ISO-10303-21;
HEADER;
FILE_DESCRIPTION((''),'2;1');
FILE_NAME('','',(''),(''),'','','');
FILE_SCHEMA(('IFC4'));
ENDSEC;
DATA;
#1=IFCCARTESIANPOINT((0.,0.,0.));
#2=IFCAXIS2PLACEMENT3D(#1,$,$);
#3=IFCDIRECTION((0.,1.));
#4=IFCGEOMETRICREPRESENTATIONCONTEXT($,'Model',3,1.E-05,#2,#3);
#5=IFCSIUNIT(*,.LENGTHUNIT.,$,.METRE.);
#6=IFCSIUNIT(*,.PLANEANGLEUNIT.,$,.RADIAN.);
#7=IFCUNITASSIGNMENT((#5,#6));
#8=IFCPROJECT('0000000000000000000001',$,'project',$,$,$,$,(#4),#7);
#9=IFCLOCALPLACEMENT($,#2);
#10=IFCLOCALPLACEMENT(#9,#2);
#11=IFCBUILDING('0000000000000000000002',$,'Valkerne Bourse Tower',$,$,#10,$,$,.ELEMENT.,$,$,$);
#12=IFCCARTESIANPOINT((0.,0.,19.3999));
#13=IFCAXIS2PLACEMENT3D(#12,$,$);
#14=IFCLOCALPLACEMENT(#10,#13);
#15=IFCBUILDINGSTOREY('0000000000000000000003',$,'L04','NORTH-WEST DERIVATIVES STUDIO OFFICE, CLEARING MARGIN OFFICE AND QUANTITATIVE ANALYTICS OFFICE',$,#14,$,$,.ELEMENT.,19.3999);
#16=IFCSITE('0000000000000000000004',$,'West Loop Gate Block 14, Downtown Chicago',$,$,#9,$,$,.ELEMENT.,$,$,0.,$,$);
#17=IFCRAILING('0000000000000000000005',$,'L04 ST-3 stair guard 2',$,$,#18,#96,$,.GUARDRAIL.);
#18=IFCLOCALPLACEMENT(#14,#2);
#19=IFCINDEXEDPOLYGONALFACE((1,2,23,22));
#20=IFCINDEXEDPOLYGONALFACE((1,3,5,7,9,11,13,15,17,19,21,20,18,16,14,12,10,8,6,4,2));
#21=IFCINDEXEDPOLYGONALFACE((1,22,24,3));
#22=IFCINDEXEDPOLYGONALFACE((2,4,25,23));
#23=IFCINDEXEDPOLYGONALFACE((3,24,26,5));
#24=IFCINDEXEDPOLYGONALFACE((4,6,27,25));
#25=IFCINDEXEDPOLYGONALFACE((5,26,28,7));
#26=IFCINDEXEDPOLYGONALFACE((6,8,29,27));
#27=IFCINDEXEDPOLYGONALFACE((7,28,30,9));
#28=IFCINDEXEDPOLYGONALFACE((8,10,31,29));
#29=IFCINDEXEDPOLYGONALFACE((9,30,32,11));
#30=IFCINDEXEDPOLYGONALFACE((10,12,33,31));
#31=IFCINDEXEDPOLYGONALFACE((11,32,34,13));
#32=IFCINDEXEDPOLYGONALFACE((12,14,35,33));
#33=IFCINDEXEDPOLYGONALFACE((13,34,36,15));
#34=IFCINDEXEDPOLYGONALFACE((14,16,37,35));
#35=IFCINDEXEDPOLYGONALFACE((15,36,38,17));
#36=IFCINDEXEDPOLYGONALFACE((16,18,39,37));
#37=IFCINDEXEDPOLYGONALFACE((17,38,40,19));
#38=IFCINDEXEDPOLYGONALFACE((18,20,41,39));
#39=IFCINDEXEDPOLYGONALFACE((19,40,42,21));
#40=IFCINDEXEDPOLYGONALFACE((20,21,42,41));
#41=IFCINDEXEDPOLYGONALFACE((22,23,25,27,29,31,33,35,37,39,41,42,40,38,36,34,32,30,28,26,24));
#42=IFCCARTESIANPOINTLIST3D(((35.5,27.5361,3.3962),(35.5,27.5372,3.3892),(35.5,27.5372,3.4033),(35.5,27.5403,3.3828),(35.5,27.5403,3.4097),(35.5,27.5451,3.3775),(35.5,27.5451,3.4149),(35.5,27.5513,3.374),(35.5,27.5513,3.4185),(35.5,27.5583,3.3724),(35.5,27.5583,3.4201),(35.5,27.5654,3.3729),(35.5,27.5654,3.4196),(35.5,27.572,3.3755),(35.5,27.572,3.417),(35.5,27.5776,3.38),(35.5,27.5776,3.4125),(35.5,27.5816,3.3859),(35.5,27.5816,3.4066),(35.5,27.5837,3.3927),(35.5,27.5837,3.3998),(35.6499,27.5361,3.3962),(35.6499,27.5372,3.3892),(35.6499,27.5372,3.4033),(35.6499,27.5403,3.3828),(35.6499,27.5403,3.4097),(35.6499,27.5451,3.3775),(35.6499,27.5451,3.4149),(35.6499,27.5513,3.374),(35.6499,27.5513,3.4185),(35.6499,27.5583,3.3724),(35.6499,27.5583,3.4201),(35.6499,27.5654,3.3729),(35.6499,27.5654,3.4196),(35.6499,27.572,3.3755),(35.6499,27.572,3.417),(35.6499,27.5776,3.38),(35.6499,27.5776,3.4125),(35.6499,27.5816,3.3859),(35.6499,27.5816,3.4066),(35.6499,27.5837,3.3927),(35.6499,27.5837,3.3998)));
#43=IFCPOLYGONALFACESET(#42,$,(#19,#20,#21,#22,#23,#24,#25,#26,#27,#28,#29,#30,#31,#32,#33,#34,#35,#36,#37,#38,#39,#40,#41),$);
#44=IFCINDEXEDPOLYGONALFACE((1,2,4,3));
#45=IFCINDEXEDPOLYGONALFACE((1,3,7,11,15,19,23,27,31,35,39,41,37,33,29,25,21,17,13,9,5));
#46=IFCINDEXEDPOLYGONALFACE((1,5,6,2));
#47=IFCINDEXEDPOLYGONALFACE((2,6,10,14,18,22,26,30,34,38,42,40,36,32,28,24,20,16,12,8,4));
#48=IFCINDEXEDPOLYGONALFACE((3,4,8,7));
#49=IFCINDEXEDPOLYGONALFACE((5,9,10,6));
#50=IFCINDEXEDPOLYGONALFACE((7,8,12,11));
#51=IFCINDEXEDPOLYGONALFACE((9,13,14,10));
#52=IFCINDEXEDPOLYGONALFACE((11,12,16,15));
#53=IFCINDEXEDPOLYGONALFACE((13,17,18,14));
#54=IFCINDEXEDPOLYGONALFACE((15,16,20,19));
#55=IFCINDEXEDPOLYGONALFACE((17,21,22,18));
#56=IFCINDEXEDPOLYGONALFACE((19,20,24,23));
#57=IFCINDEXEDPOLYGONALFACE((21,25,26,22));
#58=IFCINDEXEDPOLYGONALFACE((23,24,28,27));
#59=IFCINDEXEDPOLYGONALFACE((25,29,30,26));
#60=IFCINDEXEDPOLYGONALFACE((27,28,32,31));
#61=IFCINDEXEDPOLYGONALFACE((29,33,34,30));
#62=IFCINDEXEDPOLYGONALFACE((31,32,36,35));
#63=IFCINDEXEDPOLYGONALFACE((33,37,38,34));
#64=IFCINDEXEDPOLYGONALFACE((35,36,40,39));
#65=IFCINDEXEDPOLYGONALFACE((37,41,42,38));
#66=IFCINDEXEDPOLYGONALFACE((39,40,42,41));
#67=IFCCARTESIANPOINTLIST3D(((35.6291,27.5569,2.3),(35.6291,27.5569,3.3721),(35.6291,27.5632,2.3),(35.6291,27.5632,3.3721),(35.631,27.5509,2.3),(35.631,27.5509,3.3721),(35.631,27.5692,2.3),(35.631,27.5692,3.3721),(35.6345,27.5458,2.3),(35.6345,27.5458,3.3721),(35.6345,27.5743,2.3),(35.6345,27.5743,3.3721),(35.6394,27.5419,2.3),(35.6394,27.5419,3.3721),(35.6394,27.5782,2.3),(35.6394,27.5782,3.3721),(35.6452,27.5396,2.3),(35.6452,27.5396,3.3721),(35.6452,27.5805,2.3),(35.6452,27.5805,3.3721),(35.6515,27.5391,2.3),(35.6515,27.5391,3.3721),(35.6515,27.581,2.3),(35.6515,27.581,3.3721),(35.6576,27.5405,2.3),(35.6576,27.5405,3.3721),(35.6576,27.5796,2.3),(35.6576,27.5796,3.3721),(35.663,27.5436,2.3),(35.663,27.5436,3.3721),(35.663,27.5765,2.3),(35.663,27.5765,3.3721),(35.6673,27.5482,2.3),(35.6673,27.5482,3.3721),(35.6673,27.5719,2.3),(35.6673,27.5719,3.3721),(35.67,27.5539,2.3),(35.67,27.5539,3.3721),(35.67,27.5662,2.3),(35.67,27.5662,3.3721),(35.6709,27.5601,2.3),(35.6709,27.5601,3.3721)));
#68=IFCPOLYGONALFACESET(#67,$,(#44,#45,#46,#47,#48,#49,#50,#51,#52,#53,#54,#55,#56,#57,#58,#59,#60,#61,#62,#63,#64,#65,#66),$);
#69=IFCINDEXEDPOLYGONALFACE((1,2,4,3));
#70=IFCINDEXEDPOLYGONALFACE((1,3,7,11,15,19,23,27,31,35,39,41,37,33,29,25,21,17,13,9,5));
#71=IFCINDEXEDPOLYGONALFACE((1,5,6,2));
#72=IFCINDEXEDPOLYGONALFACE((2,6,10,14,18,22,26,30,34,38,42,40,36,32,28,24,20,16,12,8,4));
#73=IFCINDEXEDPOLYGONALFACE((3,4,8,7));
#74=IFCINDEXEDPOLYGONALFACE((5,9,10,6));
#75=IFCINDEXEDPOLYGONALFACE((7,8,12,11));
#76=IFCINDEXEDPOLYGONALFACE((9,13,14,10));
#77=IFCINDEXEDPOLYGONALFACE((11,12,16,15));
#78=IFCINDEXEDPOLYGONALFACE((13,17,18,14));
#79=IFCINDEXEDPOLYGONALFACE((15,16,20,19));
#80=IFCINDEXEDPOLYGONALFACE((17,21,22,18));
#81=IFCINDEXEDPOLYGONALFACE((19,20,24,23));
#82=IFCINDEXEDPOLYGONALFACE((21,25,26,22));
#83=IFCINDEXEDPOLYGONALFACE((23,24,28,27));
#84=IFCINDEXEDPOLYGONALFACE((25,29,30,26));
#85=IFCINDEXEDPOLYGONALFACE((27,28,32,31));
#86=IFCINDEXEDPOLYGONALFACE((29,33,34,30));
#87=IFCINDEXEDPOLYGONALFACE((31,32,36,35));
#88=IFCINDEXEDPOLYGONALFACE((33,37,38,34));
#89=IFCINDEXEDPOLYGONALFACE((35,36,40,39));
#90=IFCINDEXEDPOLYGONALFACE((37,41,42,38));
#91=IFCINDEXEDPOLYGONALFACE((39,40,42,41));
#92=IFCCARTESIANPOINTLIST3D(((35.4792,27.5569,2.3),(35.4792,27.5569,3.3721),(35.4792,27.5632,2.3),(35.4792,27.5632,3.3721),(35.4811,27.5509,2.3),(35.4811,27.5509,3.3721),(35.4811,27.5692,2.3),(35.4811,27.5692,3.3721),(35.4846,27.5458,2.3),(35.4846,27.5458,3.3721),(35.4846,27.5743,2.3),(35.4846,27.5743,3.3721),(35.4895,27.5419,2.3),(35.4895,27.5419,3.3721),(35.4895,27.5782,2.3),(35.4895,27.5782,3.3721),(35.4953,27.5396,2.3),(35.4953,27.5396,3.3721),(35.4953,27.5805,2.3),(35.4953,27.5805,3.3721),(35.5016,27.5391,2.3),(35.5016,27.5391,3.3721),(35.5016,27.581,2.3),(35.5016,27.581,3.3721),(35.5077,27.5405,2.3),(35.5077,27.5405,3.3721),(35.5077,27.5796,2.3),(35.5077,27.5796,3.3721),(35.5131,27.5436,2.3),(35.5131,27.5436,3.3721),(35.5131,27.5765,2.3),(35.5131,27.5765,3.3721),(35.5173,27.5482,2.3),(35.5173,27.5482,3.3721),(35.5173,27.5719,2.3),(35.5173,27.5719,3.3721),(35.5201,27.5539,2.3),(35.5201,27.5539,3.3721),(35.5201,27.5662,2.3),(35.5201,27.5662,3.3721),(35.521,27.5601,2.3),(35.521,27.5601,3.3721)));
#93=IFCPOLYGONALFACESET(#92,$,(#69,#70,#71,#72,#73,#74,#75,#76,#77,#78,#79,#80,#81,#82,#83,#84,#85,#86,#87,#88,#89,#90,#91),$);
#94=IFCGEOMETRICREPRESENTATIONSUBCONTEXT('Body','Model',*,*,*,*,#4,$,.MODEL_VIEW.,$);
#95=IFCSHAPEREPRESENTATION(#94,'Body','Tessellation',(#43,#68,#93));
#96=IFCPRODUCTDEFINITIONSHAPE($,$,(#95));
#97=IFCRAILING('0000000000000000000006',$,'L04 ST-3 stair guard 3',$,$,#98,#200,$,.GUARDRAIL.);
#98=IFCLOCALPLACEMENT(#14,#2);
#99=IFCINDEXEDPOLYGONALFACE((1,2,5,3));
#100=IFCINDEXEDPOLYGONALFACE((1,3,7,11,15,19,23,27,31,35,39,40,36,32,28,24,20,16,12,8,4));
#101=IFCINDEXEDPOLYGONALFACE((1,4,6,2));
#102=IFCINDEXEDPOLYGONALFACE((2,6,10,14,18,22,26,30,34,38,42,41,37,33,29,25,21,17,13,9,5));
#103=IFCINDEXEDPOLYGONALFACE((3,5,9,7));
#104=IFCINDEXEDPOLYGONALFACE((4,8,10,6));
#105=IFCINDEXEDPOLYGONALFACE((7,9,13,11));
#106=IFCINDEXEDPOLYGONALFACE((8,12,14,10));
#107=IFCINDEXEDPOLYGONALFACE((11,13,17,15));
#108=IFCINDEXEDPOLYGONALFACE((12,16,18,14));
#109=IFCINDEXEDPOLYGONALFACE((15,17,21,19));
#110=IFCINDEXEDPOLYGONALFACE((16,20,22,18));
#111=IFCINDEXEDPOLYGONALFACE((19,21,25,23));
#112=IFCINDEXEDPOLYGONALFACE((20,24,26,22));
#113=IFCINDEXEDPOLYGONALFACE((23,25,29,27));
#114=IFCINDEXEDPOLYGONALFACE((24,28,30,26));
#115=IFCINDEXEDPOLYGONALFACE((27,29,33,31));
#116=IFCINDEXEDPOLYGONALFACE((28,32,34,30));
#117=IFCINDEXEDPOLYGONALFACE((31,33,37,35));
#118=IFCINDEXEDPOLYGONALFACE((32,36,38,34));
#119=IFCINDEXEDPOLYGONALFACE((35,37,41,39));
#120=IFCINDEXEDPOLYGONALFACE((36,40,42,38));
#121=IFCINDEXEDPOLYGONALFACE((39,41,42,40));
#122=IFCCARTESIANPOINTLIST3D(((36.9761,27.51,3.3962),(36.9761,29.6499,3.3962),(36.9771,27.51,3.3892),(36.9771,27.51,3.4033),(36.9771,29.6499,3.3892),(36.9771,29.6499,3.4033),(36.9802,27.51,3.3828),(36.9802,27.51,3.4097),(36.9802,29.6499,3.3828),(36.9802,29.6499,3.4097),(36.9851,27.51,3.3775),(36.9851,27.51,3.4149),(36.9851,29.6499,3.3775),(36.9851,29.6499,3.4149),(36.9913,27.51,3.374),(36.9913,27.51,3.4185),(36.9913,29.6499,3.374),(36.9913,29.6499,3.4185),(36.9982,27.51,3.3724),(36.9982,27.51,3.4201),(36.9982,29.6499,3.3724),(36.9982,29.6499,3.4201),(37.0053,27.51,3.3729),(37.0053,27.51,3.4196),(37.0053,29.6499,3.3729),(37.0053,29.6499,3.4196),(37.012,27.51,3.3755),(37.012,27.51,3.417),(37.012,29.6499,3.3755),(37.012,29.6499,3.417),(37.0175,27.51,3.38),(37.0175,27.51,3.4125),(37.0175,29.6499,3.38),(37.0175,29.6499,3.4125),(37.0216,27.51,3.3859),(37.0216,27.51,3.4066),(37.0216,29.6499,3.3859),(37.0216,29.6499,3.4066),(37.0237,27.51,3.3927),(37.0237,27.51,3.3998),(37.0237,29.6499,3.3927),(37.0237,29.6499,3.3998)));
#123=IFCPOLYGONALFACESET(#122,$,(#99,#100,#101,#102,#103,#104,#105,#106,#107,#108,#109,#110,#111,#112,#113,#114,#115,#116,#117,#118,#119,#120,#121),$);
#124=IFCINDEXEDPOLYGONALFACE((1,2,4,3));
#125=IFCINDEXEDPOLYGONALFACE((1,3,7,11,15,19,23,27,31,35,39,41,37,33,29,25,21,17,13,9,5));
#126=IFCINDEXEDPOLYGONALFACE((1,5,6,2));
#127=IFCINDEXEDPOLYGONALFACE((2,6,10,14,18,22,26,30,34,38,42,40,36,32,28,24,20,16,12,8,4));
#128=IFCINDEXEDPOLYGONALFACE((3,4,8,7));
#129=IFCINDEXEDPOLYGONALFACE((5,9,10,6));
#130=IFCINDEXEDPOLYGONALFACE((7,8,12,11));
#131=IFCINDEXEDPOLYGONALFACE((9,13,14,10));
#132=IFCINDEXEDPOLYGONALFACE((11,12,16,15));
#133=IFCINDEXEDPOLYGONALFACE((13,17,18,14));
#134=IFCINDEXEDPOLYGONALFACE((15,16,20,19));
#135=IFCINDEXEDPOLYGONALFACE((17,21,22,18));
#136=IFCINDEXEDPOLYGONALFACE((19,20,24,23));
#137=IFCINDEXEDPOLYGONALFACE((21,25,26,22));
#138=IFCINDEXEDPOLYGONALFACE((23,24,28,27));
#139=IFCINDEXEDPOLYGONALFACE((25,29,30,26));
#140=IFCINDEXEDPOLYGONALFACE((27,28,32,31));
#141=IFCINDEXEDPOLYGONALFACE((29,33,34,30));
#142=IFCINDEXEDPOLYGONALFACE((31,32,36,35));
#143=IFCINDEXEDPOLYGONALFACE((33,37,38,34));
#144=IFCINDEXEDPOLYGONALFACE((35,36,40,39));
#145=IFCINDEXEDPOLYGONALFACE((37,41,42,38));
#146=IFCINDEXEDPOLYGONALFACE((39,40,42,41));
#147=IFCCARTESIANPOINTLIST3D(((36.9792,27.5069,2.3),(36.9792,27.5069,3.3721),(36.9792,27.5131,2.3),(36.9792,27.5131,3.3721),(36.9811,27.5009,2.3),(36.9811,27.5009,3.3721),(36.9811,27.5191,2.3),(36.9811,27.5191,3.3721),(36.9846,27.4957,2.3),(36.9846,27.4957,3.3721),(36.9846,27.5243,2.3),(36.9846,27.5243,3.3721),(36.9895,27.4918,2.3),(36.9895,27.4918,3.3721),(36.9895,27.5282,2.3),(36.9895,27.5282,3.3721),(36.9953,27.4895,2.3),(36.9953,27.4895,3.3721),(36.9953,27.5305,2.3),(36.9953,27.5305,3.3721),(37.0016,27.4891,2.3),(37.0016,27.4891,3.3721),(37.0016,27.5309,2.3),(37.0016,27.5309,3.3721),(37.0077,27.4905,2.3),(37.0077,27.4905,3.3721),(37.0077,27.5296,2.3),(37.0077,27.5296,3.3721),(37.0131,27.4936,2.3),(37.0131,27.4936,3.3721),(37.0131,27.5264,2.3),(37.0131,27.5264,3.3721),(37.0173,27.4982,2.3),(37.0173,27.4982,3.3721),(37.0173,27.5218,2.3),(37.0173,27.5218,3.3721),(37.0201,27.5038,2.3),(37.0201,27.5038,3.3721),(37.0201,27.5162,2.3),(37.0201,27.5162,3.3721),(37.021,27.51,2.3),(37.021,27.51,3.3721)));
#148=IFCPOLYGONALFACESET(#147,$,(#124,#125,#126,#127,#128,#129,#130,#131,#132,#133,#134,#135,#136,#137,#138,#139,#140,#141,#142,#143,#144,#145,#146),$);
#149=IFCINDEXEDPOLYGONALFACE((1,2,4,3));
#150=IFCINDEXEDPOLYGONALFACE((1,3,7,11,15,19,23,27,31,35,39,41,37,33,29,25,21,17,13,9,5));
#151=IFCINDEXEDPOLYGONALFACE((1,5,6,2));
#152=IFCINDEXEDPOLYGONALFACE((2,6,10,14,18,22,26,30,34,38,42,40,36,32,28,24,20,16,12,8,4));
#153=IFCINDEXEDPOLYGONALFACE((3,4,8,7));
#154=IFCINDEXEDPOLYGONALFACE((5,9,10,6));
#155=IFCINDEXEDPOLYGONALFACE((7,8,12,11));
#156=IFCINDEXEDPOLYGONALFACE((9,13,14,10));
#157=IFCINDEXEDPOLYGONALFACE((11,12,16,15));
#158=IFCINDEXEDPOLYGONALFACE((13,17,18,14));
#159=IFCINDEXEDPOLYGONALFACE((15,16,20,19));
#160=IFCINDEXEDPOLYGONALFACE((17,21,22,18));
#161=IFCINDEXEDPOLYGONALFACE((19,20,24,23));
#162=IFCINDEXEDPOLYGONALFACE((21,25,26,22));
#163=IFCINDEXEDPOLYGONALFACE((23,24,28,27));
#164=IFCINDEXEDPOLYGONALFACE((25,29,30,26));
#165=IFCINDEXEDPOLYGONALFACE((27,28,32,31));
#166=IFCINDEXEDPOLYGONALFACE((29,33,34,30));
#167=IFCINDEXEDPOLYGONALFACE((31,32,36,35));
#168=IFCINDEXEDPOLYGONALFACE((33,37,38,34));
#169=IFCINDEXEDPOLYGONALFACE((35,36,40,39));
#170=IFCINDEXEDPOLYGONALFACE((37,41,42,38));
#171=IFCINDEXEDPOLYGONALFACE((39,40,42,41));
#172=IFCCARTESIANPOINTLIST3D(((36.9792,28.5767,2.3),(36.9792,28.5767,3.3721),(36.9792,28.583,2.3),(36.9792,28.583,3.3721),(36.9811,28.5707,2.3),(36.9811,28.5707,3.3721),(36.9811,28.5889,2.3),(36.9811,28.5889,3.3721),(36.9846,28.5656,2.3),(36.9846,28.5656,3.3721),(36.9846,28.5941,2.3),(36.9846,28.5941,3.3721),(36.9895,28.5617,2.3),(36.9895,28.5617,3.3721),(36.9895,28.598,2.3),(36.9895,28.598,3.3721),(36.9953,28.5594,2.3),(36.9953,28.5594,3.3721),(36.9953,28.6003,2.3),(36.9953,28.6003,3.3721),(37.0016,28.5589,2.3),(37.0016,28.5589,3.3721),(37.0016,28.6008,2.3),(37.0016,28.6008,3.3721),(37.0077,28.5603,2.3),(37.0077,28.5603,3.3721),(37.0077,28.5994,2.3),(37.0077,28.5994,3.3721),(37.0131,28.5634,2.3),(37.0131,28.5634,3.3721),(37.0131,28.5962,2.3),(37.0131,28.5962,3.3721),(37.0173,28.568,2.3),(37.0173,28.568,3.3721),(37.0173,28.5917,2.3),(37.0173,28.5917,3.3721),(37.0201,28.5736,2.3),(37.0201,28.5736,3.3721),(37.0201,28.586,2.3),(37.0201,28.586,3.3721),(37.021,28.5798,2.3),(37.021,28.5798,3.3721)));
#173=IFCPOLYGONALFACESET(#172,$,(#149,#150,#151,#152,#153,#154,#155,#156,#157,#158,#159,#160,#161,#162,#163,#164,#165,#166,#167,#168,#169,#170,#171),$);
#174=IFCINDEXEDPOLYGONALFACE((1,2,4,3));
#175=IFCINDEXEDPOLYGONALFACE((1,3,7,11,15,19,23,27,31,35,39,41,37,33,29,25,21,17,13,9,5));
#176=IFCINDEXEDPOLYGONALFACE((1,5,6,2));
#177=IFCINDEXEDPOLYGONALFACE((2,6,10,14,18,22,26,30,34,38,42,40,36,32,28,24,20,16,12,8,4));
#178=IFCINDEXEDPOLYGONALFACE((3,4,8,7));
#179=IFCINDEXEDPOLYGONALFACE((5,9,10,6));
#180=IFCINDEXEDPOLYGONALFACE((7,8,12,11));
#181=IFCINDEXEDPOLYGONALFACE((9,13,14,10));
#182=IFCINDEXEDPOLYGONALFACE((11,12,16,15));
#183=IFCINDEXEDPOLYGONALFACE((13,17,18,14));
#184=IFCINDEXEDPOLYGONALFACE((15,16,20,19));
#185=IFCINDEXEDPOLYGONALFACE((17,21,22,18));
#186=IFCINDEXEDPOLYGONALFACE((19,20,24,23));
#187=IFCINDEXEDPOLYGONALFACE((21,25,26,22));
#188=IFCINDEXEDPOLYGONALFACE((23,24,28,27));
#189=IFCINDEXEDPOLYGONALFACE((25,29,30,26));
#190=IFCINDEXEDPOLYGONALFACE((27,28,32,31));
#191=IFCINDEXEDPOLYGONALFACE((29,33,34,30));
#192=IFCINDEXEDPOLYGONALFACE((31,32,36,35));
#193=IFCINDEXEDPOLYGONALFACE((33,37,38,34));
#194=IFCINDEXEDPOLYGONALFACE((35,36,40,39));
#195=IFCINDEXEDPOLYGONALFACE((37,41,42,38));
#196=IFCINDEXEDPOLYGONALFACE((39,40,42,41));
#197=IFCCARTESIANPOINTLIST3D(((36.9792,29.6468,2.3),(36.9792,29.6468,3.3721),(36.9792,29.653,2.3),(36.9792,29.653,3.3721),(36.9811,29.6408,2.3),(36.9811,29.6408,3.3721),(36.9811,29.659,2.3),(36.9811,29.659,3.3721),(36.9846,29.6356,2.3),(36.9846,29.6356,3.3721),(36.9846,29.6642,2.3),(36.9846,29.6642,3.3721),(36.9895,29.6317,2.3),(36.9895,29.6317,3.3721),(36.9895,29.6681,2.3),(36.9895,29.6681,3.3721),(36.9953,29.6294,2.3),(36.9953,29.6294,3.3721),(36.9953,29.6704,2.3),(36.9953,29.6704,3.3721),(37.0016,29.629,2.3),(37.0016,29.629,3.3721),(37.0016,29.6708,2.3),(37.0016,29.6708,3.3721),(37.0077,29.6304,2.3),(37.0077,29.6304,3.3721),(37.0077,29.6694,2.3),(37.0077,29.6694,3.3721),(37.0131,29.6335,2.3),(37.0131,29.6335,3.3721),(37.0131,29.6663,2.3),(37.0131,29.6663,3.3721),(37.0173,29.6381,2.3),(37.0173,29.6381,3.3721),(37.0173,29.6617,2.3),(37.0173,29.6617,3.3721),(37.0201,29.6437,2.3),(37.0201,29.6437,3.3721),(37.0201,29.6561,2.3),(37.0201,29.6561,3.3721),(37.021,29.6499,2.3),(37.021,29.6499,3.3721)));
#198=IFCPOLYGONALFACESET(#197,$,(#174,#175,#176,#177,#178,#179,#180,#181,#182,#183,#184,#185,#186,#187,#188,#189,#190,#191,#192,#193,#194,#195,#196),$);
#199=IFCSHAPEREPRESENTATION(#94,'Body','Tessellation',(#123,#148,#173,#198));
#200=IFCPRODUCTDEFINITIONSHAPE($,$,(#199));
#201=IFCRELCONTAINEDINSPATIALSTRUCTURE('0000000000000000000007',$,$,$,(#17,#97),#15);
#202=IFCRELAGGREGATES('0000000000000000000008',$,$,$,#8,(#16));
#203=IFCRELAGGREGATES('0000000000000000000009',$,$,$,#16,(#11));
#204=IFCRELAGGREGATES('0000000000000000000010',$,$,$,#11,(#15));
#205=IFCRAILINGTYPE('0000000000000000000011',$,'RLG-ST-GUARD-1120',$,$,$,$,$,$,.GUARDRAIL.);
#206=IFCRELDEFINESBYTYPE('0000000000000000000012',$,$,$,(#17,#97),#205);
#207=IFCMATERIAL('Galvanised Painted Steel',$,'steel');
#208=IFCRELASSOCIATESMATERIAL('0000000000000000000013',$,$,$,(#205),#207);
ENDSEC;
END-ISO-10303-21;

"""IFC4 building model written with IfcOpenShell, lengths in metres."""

from ifc_helpers import new_model, si_unit, direction, frame, origin, origin_2d, place, context, subcontext, project, spatial, circle, extrude, material, type_object, element, save


model = new_model("IFC4")

# Units and contexts
model_context = context("Model", 3, precision=1e-05, world=origin(), true_north=direction((0.0, 1.0)))
body_context = subcontext(model_context, "Body", "Model", "MODEL_VIEW")
ifc_project = project(units=[si_unit("LENGTHUNIT", "METRE"), si_unit("PLANEANGLEUNIT", "RADIAN")], contexts=[model_context])

# Site, building, storey
site_placement = place(None, origin())
site = spatial("IfcSite", under=ifc_project, at=site_placement, Name="West Loop Gate Block 14, Downtown Chicago", CompositionType="ELEMENT", RefElevation=0.0)
building_placement = place(site_placement, origin())
building = spatial("IfcBuilding", under=site, at=building_placement, Name="Valkerne Bourse Tower", CompositionType="ELEMENT")
storey_placement = place(building_placement, frame((0.0, 0.0, 19.3999)))
storey = spatial("IfcBuildingStorey", under=building, at=storey_placement, Name="L04", Description="NORTH-WEST DERIVATIVES STUDIO OFFICE, CLEARING MARGIN OFFICE AND QUANTITATIVE ANALYTICS OFFICE", CompositionType="ELEMENT", Elevation=19.3999)

# Shared definitions
ifc_material_1 = material(Name="Galvanised Painted Steel", Category="steel")

# Railings
railing_type_1 = type_object("IfcRailingType", Name="RLG-ST-GUARD-1120", PredefinedType="GUARDRAIL", material=ifc_material_1)
railing_1_placement = place(storey_placement, frame((35.6499, 27.5601, 2.3)))
element("IfcRailing", 1, at=railing_1_placement, inside=storey, type_object=railing_type_1, Name="L04 ST-3 stair guard 2", PredefinedType="GUARDRAIL", context=body_context, shape_type="SweptSolid", body=[
    extrude(circle(Radius=0.0239, at=origin_2d()), frame((0.0, 0.0, 1.0962), z_axis=(-1.0, 0.0, 0.0), x_axis=(0.0, -1.0, 0.0)), (0.0, 0.0, 1.0), 0.1499),
    extrude(circle(Radius=0.021, at=origin_2d()), origin(), (0.0, 0.0, 1.0), 1.072),
    extrude(circle(Radius=0.021, at=origin_2d()), frame((-0.1499, 0.0, 0.0)), (0.0, 0.0, 1.0), 1.072),
])
for number, where, name in (
    (2, (37.0, 27.51, 2.3), "L04 ST-3 stair guard 3"),
):
    element("IfcRailing", number, at=place(storey_placement, frame(where)), inside=storey, type_object=railing_type_1, Name=name, PredefinedType="GUARDRAIL", context=body_context, shape_type="SweptSolid", body=[
        extrude(circle(Radius=0.0239, at=origin_2d()), frame((0.0, 0.0, 1.0962), z_axis=(0.0, 1.0, 0.0), x_axis=(-1.0, 0.0, 0.0)), (0.0, 0.0, 1.0), 2.1399),
        extrude(circle(Radius=0.021, at=origin_2d()), origin(), (0.0, 0.0, 1.0), 1.072),
        extrude(circle(Radius=0.021, at=origin_2d()), frame((0.0, 1.0698, 0.0)), (0.0, 0.0, 1.0), 1.072),
        extrude(circle(Radius=0.021, at=origin_2d()), frame((0.0, 2.1399, 0.0)), (0.0, 0.0, 1.0), 1.072),
    ])

save(model, "model.ifc")
